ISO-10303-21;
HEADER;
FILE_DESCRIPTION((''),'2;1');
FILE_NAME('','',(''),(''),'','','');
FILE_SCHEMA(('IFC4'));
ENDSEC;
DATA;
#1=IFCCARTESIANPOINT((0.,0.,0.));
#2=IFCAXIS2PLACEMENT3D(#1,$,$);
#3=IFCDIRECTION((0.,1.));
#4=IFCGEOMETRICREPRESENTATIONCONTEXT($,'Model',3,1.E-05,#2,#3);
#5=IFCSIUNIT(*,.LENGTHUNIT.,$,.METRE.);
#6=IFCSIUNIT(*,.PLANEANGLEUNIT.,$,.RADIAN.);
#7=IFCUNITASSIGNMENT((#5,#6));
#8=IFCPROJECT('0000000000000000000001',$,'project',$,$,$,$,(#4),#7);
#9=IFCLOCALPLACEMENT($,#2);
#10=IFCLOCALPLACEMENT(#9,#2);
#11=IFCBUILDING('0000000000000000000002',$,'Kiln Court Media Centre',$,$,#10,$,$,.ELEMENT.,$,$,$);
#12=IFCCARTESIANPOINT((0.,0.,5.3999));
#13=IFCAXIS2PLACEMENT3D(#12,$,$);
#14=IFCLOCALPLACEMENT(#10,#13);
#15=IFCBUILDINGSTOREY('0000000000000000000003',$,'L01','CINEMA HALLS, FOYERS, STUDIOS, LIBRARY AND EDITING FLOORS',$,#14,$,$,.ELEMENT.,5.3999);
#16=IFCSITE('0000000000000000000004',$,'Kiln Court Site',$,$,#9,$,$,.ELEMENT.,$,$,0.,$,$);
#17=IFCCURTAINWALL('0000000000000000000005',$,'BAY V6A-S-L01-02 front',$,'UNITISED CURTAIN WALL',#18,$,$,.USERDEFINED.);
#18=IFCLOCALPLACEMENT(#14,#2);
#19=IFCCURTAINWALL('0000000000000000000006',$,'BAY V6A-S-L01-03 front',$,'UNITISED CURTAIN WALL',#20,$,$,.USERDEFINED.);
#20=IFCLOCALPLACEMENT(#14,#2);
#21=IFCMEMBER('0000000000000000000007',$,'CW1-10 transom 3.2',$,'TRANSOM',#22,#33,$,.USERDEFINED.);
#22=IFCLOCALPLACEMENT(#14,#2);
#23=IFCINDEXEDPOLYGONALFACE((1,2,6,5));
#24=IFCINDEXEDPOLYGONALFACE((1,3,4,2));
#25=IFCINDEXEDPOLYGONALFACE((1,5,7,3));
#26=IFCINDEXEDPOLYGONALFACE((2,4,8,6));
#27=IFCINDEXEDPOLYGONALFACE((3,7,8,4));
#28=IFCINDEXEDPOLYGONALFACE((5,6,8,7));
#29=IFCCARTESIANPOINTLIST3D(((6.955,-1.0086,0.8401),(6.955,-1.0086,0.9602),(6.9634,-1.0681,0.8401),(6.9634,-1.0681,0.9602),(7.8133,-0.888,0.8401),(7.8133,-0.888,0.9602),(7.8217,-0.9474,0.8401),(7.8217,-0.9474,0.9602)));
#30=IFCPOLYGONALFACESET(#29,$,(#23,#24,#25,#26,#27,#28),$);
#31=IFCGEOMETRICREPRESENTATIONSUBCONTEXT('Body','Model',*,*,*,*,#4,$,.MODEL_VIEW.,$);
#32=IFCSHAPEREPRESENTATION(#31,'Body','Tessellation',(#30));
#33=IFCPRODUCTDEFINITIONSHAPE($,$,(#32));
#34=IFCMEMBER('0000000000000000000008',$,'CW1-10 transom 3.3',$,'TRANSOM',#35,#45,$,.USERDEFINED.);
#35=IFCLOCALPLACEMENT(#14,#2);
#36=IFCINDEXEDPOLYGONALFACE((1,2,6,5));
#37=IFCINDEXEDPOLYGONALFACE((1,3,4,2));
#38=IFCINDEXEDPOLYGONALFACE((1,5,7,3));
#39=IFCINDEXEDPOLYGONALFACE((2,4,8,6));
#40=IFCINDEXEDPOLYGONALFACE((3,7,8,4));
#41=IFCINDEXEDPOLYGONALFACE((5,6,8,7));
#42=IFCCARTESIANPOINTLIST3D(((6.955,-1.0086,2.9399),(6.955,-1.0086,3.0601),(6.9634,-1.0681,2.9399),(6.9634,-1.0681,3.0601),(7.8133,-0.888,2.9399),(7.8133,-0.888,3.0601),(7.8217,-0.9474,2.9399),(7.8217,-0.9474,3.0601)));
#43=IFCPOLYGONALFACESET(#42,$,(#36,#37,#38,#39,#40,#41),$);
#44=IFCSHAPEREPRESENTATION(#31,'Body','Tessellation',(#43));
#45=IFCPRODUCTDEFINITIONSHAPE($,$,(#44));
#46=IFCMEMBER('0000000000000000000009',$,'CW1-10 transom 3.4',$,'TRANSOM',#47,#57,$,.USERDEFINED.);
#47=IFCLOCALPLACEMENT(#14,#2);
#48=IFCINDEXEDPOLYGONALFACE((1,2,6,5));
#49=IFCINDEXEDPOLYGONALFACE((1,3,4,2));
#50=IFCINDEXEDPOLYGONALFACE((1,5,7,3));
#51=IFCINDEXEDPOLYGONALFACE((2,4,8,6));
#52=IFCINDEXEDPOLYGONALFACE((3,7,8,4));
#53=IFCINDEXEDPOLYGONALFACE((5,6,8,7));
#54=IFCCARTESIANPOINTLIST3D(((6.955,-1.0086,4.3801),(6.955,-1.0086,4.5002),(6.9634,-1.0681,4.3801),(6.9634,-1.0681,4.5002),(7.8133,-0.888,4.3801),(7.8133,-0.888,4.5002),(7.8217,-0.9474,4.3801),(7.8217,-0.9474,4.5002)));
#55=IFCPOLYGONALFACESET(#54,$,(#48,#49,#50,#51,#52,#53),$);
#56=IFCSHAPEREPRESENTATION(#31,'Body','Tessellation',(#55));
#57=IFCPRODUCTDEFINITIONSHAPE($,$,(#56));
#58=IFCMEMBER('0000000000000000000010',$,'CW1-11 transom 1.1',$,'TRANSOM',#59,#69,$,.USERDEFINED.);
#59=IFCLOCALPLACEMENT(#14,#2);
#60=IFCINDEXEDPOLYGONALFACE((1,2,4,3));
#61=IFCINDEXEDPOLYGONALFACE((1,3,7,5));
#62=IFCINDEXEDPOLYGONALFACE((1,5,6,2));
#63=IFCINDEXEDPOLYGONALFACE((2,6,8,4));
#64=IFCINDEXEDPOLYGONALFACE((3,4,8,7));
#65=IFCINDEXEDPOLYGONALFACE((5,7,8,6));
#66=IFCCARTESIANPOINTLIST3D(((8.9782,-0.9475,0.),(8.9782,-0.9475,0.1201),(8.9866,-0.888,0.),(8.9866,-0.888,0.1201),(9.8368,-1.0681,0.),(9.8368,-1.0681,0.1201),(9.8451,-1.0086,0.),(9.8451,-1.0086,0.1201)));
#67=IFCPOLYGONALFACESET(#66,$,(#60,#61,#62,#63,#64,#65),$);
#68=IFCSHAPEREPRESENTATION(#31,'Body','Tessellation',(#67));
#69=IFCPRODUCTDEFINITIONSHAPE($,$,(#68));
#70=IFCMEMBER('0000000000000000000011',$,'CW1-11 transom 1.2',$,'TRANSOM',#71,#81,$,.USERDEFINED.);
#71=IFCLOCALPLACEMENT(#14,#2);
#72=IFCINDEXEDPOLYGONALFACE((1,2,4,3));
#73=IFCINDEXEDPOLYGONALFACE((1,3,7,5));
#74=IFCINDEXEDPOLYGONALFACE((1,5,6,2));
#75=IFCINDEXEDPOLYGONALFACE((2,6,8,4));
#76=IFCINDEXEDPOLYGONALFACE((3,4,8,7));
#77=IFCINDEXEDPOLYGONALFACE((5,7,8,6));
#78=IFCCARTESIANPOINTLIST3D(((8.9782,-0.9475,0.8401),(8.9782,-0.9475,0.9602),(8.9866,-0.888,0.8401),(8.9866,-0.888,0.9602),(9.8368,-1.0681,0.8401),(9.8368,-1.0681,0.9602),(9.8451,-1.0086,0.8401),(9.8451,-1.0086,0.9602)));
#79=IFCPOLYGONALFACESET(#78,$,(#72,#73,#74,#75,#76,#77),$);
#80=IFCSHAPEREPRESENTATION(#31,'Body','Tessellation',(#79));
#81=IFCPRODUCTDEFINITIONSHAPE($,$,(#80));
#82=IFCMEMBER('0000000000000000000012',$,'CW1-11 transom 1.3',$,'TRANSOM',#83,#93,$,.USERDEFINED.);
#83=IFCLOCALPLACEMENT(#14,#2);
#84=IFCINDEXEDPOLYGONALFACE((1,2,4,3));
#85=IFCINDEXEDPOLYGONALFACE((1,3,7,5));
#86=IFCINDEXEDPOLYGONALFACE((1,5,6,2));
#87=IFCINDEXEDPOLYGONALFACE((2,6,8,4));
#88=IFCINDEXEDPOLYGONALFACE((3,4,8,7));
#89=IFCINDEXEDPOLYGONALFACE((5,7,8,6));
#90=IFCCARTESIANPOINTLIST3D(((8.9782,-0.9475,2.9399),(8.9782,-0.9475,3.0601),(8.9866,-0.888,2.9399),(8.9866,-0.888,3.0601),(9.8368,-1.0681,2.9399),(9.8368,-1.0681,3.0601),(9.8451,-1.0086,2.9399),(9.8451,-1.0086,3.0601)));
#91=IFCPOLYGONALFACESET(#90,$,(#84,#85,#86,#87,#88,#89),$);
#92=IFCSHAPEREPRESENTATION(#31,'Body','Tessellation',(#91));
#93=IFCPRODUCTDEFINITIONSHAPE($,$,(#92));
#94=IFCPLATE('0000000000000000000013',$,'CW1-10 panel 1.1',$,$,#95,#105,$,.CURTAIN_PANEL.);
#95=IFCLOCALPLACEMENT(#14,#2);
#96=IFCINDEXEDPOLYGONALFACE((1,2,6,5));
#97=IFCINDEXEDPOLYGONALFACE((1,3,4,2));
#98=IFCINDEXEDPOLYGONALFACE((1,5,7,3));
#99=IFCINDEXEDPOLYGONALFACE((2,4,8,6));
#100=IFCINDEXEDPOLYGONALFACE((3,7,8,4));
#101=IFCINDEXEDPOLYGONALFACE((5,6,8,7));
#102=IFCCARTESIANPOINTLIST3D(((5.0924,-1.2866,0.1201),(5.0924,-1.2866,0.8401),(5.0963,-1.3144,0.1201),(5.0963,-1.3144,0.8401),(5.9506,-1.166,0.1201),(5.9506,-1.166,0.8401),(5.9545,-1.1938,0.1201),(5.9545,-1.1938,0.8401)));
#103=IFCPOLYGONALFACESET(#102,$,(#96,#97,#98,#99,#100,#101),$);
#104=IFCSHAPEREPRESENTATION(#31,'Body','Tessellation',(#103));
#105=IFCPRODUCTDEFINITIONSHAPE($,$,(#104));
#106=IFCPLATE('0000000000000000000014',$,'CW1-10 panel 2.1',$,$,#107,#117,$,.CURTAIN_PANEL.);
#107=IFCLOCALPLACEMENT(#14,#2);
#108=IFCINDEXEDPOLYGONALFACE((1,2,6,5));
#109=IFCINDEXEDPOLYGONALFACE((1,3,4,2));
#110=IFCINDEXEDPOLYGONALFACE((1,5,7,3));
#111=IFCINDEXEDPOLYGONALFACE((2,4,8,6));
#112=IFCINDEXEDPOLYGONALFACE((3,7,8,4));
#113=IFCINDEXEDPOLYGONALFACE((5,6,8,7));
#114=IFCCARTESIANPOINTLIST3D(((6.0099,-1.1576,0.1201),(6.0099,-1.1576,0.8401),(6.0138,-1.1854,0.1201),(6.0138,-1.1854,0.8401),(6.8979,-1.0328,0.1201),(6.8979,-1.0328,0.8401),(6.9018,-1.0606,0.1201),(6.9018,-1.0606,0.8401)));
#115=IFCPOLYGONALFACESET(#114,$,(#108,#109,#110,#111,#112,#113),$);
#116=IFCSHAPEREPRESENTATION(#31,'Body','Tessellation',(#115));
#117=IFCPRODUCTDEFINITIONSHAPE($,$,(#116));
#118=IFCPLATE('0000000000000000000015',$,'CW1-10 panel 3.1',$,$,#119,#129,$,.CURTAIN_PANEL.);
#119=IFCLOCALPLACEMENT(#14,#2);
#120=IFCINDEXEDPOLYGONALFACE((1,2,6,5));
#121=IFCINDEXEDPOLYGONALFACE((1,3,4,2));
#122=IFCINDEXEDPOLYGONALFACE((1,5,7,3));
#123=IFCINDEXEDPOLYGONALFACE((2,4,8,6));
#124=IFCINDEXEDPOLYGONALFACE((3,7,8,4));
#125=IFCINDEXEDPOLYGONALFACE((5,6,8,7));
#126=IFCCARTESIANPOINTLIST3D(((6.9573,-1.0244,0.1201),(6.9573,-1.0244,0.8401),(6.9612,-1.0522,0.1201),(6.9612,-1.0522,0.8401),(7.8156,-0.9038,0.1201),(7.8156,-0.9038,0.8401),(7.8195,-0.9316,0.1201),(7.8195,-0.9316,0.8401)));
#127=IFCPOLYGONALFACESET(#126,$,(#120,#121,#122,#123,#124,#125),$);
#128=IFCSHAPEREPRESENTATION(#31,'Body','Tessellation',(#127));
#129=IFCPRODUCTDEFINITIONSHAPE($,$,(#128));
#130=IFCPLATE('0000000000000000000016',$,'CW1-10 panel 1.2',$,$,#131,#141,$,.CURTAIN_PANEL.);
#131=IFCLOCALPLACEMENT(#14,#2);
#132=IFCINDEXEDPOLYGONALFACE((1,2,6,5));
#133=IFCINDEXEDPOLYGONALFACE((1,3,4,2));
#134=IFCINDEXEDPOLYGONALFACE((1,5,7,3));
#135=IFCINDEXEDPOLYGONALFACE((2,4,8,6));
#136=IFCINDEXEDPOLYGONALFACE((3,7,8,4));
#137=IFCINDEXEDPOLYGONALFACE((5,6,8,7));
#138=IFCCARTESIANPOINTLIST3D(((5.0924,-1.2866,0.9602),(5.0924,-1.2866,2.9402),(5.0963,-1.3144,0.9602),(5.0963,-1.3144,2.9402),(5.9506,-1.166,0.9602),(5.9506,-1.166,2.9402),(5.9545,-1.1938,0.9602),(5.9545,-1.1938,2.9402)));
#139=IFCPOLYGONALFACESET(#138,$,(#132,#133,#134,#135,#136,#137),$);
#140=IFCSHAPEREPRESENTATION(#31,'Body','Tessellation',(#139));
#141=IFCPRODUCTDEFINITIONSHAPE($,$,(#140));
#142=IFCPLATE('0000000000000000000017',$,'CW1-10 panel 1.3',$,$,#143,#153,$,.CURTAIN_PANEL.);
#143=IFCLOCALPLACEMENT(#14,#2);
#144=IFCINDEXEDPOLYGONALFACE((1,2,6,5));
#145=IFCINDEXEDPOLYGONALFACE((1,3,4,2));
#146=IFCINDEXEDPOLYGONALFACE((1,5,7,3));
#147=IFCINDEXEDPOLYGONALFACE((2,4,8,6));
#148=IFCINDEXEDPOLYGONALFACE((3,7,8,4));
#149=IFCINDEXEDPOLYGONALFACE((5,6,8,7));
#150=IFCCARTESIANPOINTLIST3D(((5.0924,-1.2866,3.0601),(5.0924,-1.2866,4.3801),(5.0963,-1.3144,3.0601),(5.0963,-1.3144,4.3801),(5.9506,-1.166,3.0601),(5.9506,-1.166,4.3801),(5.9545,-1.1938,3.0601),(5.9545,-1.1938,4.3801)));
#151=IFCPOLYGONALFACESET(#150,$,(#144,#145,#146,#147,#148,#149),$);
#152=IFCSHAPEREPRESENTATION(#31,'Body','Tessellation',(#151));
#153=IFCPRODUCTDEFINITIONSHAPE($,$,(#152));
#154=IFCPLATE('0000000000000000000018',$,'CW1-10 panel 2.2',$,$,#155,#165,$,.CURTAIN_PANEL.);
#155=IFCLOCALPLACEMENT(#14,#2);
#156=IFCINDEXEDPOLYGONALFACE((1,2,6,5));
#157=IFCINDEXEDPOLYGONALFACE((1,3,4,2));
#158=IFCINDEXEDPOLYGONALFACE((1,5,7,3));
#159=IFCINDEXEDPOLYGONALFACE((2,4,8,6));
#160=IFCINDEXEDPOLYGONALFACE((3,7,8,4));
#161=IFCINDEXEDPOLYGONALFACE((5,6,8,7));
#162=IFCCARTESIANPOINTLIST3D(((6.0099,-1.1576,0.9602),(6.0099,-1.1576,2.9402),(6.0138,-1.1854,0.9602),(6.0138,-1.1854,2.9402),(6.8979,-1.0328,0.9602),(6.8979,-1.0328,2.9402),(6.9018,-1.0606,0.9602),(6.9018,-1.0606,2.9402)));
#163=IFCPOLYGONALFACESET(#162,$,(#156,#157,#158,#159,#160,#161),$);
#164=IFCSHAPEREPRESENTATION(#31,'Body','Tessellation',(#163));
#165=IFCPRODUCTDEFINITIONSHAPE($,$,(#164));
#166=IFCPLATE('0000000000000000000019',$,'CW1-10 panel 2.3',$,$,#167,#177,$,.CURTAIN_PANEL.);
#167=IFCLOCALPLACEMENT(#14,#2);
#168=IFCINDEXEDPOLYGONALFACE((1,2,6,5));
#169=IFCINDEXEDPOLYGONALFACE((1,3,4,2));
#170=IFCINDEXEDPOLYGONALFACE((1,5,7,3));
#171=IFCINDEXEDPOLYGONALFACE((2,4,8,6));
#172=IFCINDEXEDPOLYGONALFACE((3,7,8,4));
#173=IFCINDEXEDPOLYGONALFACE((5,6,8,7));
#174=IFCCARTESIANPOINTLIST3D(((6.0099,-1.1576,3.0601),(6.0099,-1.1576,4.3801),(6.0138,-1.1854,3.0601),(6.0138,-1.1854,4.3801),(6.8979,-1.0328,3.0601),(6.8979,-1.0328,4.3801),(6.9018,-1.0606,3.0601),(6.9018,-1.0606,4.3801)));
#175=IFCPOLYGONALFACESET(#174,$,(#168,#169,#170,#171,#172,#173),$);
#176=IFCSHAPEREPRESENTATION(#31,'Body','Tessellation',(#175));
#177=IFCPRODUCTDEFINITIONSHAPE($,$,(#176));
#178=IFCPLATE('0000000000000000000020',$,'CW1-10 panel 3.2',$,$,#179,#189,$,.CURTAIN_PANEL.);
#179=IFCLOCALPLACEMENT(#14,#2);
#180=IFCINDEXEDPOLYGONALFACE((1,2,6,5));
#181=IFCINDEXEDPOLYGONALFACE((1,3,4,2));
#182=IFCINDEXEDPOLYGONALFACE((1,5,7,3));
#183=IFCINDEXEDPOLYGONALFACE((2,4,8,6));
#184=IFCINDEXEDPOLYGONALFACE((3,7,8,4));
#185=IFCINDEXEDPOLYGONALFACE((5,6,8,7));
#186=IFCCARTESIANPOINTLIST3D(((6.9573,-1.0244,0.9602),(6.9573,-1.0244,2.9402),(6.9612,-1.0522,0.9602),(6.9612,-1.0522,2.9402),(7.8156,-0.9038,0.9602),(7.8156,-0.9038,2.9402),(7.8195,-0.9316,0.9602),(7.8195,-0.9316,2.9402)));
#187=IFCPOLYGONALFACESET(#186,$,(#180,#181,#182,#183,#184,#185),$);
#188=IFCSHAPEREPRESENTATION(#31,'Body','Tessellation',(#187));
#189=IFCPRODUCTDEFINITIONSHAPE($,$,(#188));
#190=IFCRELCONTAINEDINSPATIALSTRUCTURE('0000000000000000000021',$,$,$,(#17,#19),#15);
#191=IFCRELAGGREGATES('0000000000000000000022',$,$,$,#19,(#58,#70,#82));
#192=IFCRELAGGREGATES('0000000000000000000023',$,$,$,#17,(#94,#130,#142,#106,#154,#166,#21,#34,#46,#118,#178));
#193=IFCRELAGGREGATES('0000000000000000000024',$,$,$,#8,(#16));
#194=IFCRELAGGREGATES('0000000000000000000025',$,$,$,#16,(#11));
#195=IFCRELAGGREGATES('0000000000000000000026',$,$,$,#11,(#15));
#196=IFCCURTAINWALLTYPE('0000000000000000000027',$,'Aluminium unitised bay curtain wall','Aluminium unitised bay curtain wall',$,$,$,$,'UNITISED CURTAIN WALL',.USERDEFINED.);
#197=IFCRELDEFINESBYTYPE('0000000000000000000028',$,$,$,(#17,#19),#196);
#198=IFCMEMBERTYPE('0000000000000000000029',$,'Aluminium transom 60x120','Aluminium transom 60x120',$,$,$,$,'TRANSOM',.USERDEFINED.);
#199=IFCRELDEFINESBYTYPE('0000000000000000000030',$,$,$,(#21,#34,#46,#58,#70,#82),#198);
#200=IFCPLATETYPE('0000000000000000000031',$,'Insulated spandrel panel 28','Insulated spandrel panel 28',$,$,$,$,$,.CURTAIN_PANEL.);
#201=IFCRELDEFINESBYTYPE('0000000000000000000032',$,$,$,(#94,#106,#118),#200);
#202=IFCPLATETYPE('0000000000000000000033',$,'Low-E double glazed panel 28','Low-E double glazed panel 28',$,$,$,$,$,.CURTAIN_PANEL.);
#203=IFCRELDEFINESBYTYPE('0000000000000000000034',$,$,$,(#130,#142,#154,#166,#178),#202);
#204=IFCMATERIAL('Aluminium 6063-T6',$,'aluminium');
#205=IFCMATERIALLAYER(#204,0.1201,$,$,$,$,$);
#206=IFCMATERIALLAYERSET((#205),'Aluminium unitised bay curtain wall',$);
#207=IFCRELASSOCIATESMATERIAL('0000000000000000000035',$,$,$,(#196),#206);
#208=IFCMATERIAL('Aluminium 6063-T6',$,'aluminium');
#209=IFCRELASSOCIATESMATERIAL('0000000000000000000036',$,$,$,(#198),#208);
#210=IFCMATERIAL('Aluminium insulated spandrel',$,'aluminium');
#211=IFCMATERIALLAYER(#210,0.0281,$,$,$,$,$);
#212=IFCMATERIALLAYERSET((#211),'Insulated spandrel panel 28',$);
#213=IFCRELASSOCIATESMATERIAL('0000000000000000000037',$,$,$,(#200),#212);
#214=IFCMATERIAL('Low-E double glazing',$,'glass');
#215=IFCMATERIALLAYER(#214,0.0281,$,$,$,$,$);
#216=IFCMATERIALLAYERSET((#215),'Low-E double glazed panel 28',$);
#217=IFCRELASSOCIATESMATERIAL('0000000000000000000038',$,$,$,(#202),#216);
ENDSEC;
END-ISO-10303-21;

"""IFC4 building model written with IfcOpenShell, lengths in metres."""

from ifc_helpers import new_model, si_unit, direction, frame, origin, origin_2d, place, context, subcontext, project, spatial, rectangle, extrude, material, layer, layer_set, material_profile, profile_set, type_object, element, aggregate, save


model = new_model("IFC4")

# Units and contexts
model_context = context("Model", 3, precision=1e-05, world=origin(), true_north=direction((0.0, 1.0)))
body_context = subcontext(model_context, "Body", "Model", "MODEL_VIEW")
ifc_project = project(units=[si_unit("LENGTHUNIT", "METRE"), si_unit("PLANEANGLEUNIT", "RADIAN")], contexts=[model_context])

# Site, building, storey
site_placement = place(None, origin())
site = spatial("IfcSite", under=ifc_project, at=site_placement, Name="Kiln Court Site", CompositionType="ELEMENT", RefElevation=0.0)
building_placement = place(site_placement, origin())
building = spatial("IfcBuilding", under=site, at=building_placement, Name="Kiln Court Media Centre", CompositionType="ELEMENT")
storey_placement = place(building_placement, frame((0.0, 0.0, 5.3999)))
storey = spatial("IfcBuildingStorey", under=building, at=storey_placement, Name="L01", Description="CINEMA HALLS, FOYERS, STUDIOS, LIBRARY AND EDITING FLOORS", CompositionType="ELEMENT", Elevation=5.3999)

# Curtain wall
ifc_material_1 = material(Name="Aluminium 6063-T6", Category="aluminium")
ifc_layer_1 = layer(ifc_material_1, 0.1201)
ifc_layer_set_1 = layer_set([ifc_layer_1], Name="Aluminium unitised bay curtain wall")
curtain_wall_type = type_object("IfcCurtainWallType", Name="Aluminium unitised bay curtain wall", Description="Aluminium unitised bay curtain wall", ElementType="UNITISED CURTAIN WALL", PredefinedType="USERDEFINED", material=ifc_layer_set_1)
curtain_wall_1_placement = place(storey_placement, origin())
curtain_wall_1 = element("IfcCurtainWall", 1, at=curtain_wall_1_placement, inside=storey, type_object=curtain_wall_type, Name="BAY V6A-S-L01-02 front", ObjectType="UNITISED CURTAIN WALL", PredefinedType="USERDEFINED")

# Curtain wall
curtain_wall_2_placement = place(storey_placement, origin())
curtain_wall_2 = element("IfcCurtainWall", 2, at=curtain_wall_2_placement, inside=storey, type_object=curtain_wall_type, Name="BAY V6A-S-L01-03 front", ObjectType="UNITISED CURTAIN WALL", PredefinedType="USERDEFINED")

# Members
ifc_material_2 = material(Name="Aluminium 6063-T6", Category="aluminium")
ifc_material_profile_1 = material_profile(ifc_material_2, rectangle(XDim=0.0601, YDim=0.1201, at=origin_2d()), Name="Aluminium transom 60x120")
ifc_profile_set_1 = profile_set([ifc_material_profile_1], Name="Aluminium 6063-T6")
member_type_1 = type_object("IfcMemberType", Name="Aluminium transom 60x120", Description="Aluminium transom 60x120", ElementType="TRANSOM", PredefinedType="USERDEFINED", material=ifc_profile_set_1)
member_1_placement = place(storey_placement, frame((6.9592, -1.0383, 0.9001), z_axis=(0.990268, 0.139173, 0.0), x_axis=(-0.139173, 0.990268, 0.0)))
member_1 = element("IfcMember", 3, at=member_1_placement, type_object=member_type_1, Name="CW1-10 transom 3.2", ObjectType="TRANSOM", PredefinedType="USERDEFINED", context=body_context, shape_type="SweptSolid", body=[
    extrude(rectangle(XDim=0.0601, YDim=0.1201, at=origin_2d()), origin(), (0.0, 0.0, 1.0), 0.8667),
])
member_2_placement = place(storey_placement, frame((6.9592, -1.0383, 3.0), z_axis=(0.990268, 0.139173, 0.0), x_axis=(-0.139173, 0.990268, 0.0)))
member_2 = element("IfcMember", 4, at=member_2_placement, type_object=member_type_1, Name="CW1-10 transom 3.3", ObjectType="TRANSOM", PredefinedType="USERDEFINED", context=body_context, shape_type="SweptSolid", body=[
    extrude(rectangle(XDim=0.0601, YDim=0.1201, at=origin_2d()), origin(), (0.0, 0.0, 1.0), 0.8667),
])
member_3_placement = place(storey_placement, frame((6.9592, -1.0383, 4.4402), z_axis=(0.990268, 0.139173, 0.0), x_axis=(-0.139173, 0.990268, 0.0)))
member_3 = element("IfcMember", 5, at=member_3_placement, type_object=member_type_1, Name="CW1-10 transom 3.4", ObjectType="TRANSOM", PredefinedType="USERDEFINED", context=body_context, shape_type="SweptSolid", body=[
    extrude(rectangle(XDim=0.0601, YDim=0.1201, at=origin_2d()), origin(), (0.0, 0.0, 1.0), 0.8667),
])
member_4_placement = place(storey_placement, frame((8.9824, -0.9177, 0.0601), z_axis=(0.990274, -0.139134, 0.0), x_axis=(0.139134, 0.990274, 0.0)))
member_4 = element("IfcMember", 6, at=member_4_placement, type_object=member_type_1, Name="CW1-11 transom 1.1", ObjectType="TRANSOM", PredefinedType="USERDEFINED", context=body_context, shape_type="SweptSolid", body=[
    extrude(rectangle(XDim=0.0601, YDim=0.1201, at=origin_2d()), origin(), (0.0, 0.0, 1.0), 0.8669),
])
member_5_placement = place(storey_placement, frame((8.9824, -0.9177, 0.9001), z_axis=(0.990274, -0.139134, 0.0), x_axis=(0.139134, 0.990274, 0.0)))
member_5 = element("IfcMember", 7, at=member_5_placement, type_object=member_type_1, Name="CW1-11 transom 1.2", ObjectType="TRANSOM", PredefinedType="USERDEFINED", context=body_context, shape_type="SweptSolid", body=[
    extrude(rectangle(XDim=0.0601, YDim=0.1201, at=origin_2d()), origin(), (0.0, 0.0, 1.0), 0.8669),
])
member_6_placement = place(storey_placement, frame((8.9824, -0.9177, 3.0), z_axis=(0.990274, -0.139134, 0.0), x_axis=(0.139134, 0.990274, 0.0)))
member_6 = element("IfcMember", 8, at=member_6_placement, type_object=member_type_1, Name="CW1-11 transom 1.3", ObjectType="TRANSOM", PredefinedType="USERDEFINED", context=body_context, shape_type="SweptSolid", body=[
    extrude(rectangle(XDim=0.0601, YDim=0.1201, at=origin_2d()), origin(), (0.0, 0.0, 1.0), 0.8669),
])
aggregate(curtain_wall_2, [member_4, member_5, member_6])

# Plates
ifc_material_3 = material(Name="Aluminium insulated spandrel", Category="aluminium")
ifc_layer_2 = layer(ifc_material_3, 0.0281)
ifc_layer_set_2 = layer_set([ifc_layer_2], Name="Insulated spandrel panel 28")
plate_type_1 = type_object("IfcPlateType", Name="Insulated spandrel panel 28", Description="Insulated spandrel panel 28", PredefinedType="CURTAIN_PANEL", material=ifc_layer_set_2)
plate_1_placement = place(storey_placement, frame((5.5234, -1.2402, 0.1201), z_axis=(0.0, 0.0, 1.0), x_axis=(0.99027, 0.139162, 0.0)))
plate_1 = element("IfcPlate", 9, at=plate_1_placement, type_object=plate_type_1, Name="CW1-10 panel 1.1", PredefinedType="CURTAIN_PANEL", context=body_context, shape_type="SweptSolid", body=[
    extrude(rectangle(XDim=0.8667, YDim=0.0281, at=origin_2d()), origin(), (0.0, 0.0, 1.0), 0.72),
])
plate_2_placement = place(storey_placement, frame((6.4558, -1.1091, 0.1201), z_axis=(0.0, 0.0, 1.0), x_axis=(0.99027, 0.139162, 0.0)))
plate_2 = element("IfcPlate", 10, at=plate_2_placement, type_object=plate_type_1, Name="CW1-10 panel 2.1", PredefinedType="CURTAIN_PANEL", context=body_context, shape_type="SweptSolid", body=[
    extrude(rectangle(XDim=0.8967, YDim=0.0281, at=origin_2d()), origin(), (0.0, 0.0, 1.0), 0.72),
])
plate_3_placement = place(storey_placement, frame((7.3884, -0.978, 0.1201), z_axis=(0.0, 0.0, 1.0), x_axis=(0.99027, 0.139162, 0.0)))
plate_3 = element("IfcPlate", 11, at=plate_3_placement, type_object=plate_type_1, Name="CW1-10 panel 3.1", PredefinedType="CURTAIN_PANEL", context=body_context, shape_type="SweptSolid", body=[
    extrude(rectangle(XDim=0.8667, YDim=0.0281, at=origin_2d()), origin(), (0.0, 0.0, 1.0), 0.72),
])
ifc_material_4 = material(Name="Low-E double glazing", Category="glass")
ifc_layer_3 = layer(ifc_material_4, 0.0281)
ifc_layer_set_3 = layer_set([ifc_layer_3], Name="Low-E double glazed panel 28")
plate_type_2 = type_object("IfcPlateType", Name="Low-E double glazed panel 28", Description="Low-E double glazed panel 28", PredefinedType="CURTAIN_PANEL", material=ifc_layer_set_3)
plate_4_placement = place(storey_placement, frame((5.5234, -1.2402, 0.9602), z_axis=(0.0, 0.0, 1.0), x_axis=(0.99027, 0.139162, 0.0)))
plate_4 = element("IfcPlate", 12, at=plate_4_placement, type_object=plate_type_2, Name="CW1-10 panel 1.2", PredefinedType="CURTAIN_PANEL", context=body_context, shape_type="SweptSolid", body=[
    extrude(rectangle(XDim=0.8667, YDim=0.0281, at=origin_2d()), origin(), (0.0, 0.0, 1.0), 1.98),
])
plate_5_placement = place(storey_placement, frame((5.5234, -1.2402, 3.0601), z_axis=(0.0, 0.0, 1.0), x_axis=(0.99027, 0.139162, 0.0)))
plate_5 = element("IfcPlate", 13, at=plate_5_placement, type_object=plate_type_2, Name="CW1-10 panel 1.3", PredefinedType="CURTAIN_PANEL", context=body_context, shape_type="SweptSolid", body=[
    extrude(rectangle(XDim=0.8667, YDim=0.0281, at=origin_2d()), origin(), (0.0, 0.0, 1.0), 1.3201),
])
plate_6_placement = place(storey_placement, frame((6.4558, -1.1091, 0.9602), z_axis=(0.0, 0.0, 1.0), x_axis=(0.99027, 0.139162, 0.0)))
plate_6 = element("IfcPlate", 14, at=plate_6_placement, type_object=plate_type_2, Name="CW1-10 panel 2.2", PredefinedType="CURTAIN_PANEL", context=body_context, shape_type="SweptSolid", body=[
    extrude(rectangle(XDim=0.8967, YDim=0.0281, at=origin_2d()), origin(), (0.0, 0.0, 1.0), 1.98),
])
plate_7_placement = place(storey_placement, frame((6.4558, -1.1091, 3.0601), z_axis=(0.0, 0.0, 1.0), x_axis=(0.99027, 0.139162, 0.0)))
plate_7 = element("IfcPlate", 15, at=plate_7_placement, type_object=plate_type_2, Name="CW1-10 panel 2.3", PredefinedType="CURTAIN_PANEL", context=body_context, shape_type="SweptSolid", body=[
    extrude(rectangle(XDim=0.8967, YDim=0.0281, at=origin_2d()), origin(), (0.0, 0.0, 1.0), 1.3201),
])
plate_8_placement = place(storey_placement, frame((7.3884, -0.978, 0.9602), z_axis=(0.0, 0.0, 1.0), x_axis=(0.99027, 0.139162, 0.0)))
plate_8 = element("IfcPlate", 16, at=plate_8_placement, type_object=plate_type_2, Name="CW1-10 panel 3.2", PredefinedType="CURTAIN_PANEL", context=body_context, shape_type="SweptSolid", body=[
    extrude(rectangle(XDim=0.8667, YDim=0.0281, at=origin_2d()), origin(), (0.0, 0.0, 1.0), 1.98),
])
aggregate(curtain_wall_1, [plate_1, plate_4, plate_5, plate_2, plate_6, plate_7, member_1, member_2, member_3, plate_3, plate_8])

save(model, "model.ifc")
